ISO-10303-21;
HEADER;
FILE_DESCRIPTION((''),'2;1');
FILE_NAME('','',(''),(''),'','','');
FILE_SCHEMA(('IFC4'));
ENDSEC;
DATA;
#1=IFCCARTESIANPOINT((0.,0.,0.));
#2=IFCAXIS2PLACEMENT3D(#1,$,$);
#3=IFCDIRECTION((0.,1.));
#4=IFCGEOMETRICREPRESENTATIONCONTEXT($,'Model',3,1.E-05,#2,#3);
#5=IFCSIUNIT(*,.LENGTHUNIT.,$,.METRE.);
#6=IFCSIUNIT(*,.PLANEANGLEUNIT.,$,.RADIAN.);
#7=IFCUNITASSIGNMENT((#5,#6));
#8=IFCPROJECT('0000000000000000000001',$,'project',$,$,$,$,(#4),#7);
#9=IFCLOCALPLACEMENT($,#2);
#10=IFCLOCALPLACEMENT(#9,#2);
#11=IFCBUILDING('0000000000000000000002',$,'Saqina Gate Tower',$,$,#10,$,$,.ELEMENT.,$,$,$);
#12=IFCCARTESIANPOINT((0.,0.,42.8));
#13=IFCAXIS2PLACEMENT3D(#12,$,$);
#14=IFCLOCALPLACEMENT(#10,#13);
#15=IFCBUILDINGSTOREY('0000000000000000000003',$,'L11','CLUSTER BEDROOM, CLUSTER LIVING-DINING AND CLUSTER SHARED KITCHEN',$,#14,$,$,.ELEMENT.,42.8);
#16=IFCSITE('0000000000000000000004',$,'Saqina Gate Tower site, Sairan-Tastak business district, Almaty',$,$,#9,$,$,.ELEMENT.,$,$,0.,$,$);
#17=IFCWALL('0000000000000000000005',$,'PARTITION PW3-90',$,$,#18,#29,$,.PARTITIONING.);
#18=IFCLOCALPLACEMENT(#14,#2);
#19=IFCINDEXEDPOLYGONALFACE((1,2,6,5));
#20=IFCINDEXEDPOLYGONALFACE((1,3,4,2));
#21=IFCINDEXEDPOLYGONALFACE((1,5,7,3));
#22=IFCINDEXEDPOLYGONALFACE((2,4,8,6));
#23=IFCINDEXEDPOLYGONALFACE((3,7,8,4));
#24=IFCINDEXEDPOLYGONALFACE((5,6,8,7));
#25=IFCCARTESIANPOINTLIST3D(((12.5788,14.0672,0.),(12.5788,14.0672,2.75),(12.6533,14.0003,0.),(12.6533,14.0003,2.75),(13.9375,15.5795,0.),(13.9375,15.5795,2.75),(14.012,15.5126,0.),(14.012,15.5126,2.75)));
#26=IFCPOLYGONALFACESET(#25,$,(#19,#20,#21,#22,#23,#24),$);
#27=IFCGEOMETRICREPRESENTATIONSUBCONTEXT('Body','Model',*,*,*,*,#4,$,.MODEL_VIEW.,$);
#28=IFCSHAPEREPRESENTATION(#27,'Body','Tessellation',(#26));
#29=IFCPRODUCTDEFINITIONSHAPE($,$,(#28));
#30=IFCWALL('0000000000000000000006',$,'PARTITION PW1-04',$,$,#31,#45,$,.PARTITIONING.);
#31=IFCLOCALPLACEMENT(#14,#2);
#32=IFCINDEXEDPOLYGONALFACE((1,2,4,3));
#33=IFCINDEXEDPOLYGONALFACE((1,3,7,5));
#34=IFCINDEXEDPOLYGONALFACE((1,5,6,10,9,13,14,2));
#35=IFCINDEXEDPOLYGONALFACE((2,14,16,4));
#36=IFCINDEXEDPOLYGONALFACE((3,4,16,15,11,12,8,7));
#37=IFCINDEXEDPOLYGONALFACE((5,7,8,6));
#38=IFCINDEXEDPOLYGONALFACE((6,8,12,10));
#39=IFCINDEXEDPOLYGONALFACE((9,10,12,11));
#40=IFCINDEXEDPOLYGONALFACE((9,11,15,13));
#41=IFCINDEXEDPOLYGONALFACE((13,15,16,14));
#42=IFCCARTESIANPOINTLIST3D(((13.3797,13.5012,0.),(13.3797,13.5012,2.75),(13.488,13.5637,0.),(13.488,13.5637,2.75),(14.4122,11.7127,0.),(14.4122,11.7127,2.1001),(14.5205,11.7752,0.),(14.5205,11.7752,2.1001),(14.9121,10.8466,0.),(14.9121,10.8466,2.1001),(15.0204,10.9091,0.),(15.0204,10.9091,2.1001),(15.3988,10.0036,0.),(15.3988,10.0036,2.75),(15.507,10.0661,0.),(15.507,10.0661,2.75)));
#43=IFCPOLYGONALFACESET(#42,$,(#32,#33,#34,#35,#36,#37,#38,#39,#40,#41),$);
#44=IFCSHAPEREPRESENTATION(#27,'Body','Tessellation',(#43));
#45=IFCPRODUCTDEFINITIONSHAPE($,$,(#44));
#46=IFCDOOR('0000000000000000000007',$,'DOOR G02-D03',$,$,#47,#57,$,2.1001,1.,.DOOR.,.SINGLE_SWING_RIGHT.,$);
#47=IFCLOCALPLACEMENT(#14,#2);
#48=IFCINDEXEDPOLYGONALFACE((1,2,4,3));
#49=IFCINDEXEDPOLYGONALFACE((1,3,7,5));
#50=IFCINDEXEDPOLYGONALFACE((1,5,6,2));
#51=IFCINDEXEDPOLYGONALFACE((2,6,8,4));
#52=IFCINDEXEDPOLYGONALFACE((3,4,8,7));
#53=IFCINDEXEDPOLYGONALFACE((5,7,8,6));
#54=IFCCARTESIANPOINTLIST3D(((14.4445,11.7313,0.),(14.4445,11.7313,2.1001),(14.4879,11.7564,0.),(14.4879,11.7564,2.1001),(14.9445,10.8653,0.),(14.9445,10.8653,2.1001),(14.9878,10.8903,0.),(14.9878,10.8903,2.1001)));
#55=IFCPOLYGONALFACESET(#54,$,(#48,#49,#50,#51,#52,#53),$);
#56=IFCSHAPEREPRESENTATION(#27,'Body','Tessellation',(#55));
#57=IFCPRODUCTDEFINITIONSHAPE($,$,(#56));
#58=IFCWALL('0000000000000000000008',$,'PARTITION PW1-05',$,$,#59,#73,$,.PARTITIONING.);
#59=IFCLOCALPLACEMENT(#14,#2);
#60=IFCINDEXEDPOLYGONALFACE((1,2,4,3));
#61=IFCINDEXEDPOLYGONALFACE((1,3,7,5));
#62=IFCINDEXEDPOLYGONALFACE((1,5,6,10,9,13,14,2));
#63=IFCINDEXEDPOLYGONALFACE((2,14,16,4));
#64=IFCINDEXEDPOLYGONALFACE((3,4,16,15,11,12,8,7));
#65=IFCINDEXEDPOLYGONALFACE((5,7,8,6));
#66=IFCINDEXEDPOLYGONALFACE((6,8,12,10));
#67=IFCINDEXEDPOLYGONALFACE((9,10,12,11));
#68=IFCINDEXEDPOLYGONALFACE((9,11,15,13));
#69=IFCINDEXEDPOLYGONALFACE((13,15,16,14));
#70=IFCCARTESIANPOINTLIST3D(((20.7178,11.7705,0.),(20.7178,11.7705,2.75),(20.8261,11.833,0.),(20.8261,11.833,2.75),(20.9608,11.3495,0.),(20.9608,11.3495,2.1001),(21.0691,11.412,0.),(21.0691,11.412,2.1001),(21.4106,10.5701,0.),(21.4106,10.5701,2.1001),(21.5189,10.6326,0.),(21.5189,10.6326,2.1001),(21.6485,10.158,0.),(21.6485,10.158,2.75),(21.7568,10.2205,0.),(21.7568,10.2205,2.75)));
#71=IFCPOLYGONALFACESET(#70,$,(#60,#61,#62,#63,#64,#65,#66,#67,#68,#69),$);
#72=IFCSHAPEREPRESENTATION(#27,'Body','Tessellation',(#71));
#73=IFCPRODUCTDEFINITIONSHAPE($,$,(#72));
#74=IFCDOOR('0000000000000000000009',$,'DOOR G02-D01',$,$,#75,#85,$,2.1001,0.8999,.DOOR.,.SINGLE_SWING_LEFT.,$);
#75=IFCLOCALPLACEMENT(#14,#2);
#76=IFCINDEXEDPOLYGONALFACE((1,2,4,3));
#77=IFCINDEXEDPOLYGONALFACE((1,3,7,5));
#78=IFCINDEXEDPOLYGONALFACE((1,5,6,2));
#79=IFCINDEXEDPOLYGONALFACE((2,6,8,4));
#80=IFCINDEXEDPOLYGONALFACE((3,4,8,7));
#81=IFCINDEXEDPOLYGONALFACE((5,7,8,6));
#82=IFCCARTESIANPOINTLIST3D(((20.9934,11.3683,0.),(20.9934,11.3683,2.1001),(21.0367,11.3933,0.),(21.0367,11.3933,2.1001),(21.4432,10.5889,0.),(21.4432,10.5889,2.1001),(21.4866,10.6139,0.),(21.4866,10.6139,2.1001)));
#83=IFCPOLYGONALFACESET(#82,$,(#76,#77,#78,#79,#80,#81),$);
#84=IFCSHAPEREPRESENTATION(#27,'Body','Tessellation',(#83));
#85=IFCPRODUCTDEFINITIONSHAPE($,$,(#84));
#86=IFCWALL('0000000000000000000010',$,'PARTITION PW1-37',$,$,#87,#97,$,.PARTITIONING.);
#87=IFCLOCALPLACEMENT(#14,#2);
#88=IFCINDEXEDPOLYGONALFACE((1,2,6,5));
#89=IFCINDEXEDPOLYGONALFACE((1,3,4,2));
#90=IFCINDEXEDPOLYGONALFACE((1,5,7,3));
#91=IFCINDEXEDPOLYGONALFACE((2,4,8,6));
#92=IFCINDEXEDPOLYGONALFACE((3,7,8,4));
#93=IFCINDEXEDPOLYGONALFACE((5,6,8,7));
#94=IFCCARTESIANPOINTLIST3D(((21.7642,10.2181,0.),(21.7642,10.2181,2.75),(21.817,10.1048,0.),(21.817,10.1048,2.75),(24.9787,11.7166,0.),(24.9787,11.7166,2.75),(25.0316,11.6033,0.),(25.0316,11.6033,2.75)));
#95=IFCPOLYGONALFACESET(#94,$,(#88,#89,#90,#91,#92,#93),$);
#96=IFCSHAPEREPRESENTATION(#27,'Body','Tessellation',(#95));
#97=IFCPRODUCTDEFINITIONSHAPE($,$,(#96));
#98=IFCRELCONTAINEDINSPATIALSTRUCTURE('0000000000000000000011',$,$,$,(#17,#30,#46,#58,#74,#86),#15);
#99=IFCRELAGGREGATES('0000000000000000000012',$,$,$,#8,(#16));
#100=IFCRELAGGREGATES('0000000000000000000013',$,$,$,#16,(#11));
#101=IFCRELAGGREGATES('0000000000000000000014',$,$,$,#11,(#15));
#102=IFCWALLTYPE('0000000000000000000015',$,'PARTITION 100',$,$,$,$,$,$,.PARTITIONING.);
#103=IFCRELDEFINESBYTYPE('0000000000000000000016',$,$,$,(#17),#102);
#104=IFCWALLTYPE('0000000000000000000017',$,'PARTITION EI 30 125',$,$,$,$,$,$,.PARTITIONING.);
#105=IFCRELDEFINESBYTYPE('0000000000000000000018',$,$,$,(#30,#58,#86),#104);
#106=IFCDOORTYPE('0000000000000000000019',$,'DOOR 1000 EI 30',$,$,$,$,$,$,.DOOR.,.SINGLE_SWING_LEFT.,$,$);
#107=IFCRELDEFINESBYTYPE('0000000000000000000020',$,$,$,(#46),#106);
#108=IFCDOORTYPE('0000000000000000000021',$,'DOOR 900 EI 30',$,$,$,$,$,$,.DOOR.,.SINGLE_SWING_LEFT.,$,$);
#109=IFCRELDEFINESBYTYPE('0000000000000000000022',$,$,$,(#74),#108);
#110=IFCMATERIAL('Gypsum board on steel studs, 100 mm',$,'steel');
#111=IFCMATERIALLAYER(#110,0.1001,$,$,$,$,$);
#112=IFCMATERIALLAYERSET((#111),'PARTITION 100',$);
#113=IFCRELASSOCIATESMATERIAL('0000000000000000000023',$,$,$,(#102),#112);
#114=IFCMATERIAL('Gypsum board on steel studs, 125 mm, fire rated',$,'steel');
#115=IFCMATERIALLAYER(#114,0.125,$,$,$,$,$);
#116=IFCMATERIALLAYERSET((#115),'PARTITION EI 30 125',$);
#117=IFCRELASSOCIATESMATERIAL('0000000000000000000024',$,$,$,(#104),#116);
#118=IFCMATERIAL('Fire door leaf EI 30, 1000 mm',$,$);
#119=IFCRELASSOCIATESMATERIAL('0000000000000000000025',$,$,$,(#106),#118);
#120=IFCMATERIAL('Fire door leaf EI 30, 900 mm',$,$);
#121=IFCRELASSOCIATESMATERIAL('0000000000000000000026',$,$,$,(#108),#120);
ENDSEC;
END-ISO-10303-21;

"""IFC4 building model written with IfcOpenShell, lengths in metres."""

from ifc_helpers import new_model, si_unit, direction, frame, frame_2d, origin, place, context, subcontext, project, spatial, rectangle, extrude, material, layer, layer_set, type_object, element, fill, save


model = new_model("IFC4")

# Units and contexts
model_context = context("Model", 3, precision=1e-05, world=origin(), true_north=direction((0.0, 1.0)))
body_context = subcontext(model_context, "Body", "Model", "MODEL_VIEW")
ifc_project = project(units=[si_unit("LENGTHUNIT", "METRE"), si_unit("PLANEANGLEUNIT", "RADIAN")], contexts=[model_context])

# Site, building, storey
site_placement = place(None, origin())
site = spatial("IfcSite", under=ifc_project, at=site_placement, Name="Saqina Gate Tower site, Sairan-Tastak business district, Almaty", CompositionType="ELEMENT", RefElevation=0.0)
building_placement = place(site_placement, origin())
building = spatial("IfcBuilding", under=site, at=building_placement, Name="Saqina Gate Tower", CompositionType="ELEMENT")
storey_placement = place(building_placement, frame((0.0, 0.0, 42.8)))
storey = spatial("IfcBuildingStorey", under=building, at=storey_placement, Name="L11", Description="CLUSTER BEDROOM, CLUSTER LIVING-DINING AND CLUSTER SHARED KITCHEN", CompositionType="ELEMENT", Elevation=42.8)

# Shared definitions
ifc_material_1 = material(Name="Gypsum board on steel studs, 100 mm", Category="steel")
ifc_layer_1 = layer(ifc_material_1, 0.1001)
ifc_layer_set_1 = layer_set([ifc_layer_1], Name="PARTITION 100")
wall_type_1 = type_object("IfcWallType", Name="PARTITION 100", PredefinedType="PARTITIONING", material=ifc_layer_set_1)

# Wall
wall_1_placement = place(storey_placement, frame((12.616, 14.0337, 0.0), z_axis=(0.0, 0.0, 1.0), x_axis=(0.668328, 0.743867, 0.0)))
element("IfcWall", 1, at=wall_1_placement, inside=storey, type_object=wall_type_1, Name="PARTITION PW3-90", PredefinedType="PARTITIONING", context=body_context, shape_type="SweptSolid", body=[
    extrude(rectangle(XDim=2.033, YDim=0.1001, at=frame_2d((1.0166, 0.0))), origin(), (0.0, 0.0, 1.0), 2.75),
])

# Walls, openings, doors
ifc_material_2 = material(Name="Gypsum board on steel studs, 125 mm, fire rated", Category="steel")
ifc_layer_2 = layer(ifc_material_2, 0.125)
ifc_layer_set_2 = layer_set([ifc_layer_2], Name="PARTITION EI 30 125")
wall_type_2 = type_object("IfcWallType", Name="PARTITION EI 30 125", PredefinedType="PARTITIONING", material=ifc_layer_set_2)
wall_2_placement = place(storey_placement, frame((13.4338, 13.5325, 0.0), z_axis=(0.0, 0.0, 1.0), x_axis=(0.499949, -0.866055, 0.0)))
wall_2 = element("IfcWall", 2, at=wall_2_placement, inside=storey, type_object=wall_type_2, Name="PARTITION PW1-04", PredefinedType="PARTITIONING", context=body_context, shape_type="SweptSolid", body=[
    extrude(rectangle(XDim=4.0386, YDim=0.125, at=frame_2d((2.0193, 0.0))), origin(), (0.0, 0.0, 1.0), 2.75),
])
opening_1_placement = place(wall_2_placement, frame((2.0652, 0.0, 0.0)))
opening_1 = element("IfcOpeningElement", 3, at=opening_1_placement, cuts=wall_2, PredefinedType="OPENING", context=body_context, shape_type="SweptSolid", body=[
    extrude(rectangle(XDim=1.0, YDim=2.1001, at=frame_2d((0.5, 1.05))), frame((0.0, 0.0745, 0.0), z_axis=(0.0, -1.0, 0.0), x_axis=(1.0, 0.0, 0.0)), (0.0, 0.0, 1.0), 0.1489),
])
ifc_material_3 = material(Name="Fire door leaf EI 30, 1000 mm")
door_type_1 = type_object("IfcDoorType", Name="DOOR 1000 EI 30", OperationType="SINGLE_SWING_LEFT", PredefinedType="DOOR", material=ifc_material_3)
door_1_placement = place(opening_1_placement, origin())
door_1 = element("IfcDoor", 4, at=door_1_placement, inside=storey, type_object=door_type_1, Name="DOOR G02-D03", OperationType="SINGLE_SWING_RIGHT", OverallHeight=2.1001, OverallWidth=1.0, PredefinedType="DOOR", context=body_context, shape_type="SweptSolid", body=[
    extrude(rectangle(XDim=1.0, YDim=2.1001, at=frame_2d((0.5, 1.05))), frame((0.0, 0.0249, 0.0), z_axis=(0.0, -1.0, 0.0), x_axis=(1.0, 0.0, 0.0)), (0.0, 0.0, 1.0), 0.05),
])
fill(opening_1, door_1)
wall_3_placement = place(storey_placement, frame((20.772, 11.8018, 0.0), z_axis=(0.0, 0.0, 1.0), x_axis=(0.499862, -0.866105, 0.0)))
wall_3 = element("IfcWall", 5, at=wall_3_placement, inside=storey, type_object=wall_type_2, Name="PARTITION PW1-05", PredefinedType="PARTITIONING", context=body_context, shape_type="SweptSolid", body=[
    extrude(rectangle(XDim=1.8618, YDim=0.125, at=frame_2d((0.9309, 0.0))), origin(), (0.0, 0.0, 1.0), 2.75),
])
opening_2_placement = place(wall_3_placement, frame((0.4861, 0.0, 0.0)))
opening_2 = element("IfcOpeningElement", 6, at=opening_2_placement, cuts=wall_3, PredefinedType="OPENING", context=body_context, shape_type="SweptSolid", body=[
    extrude(rectangle(XDim=0.8999, YDim=2.1001, at=frame_2d((0.45, 1.05))), frame((0.0, 0.0745, 0.0), z_axis=(0.0, -1.0, 0.0), x_axis=(1.0, 0.0, 0.0)), (0.0, 0.0, 1.0), 0.1489),
])
ifc_material_4 = material(Name="Fire door leaf EI 30, 900 mm")
door_type_2 = type_object("IfcDoorType", Name="DOOR 900 EI 30", OperationType="SINGLE_SWING_LEFT", PredefinedType="DOOR", material=ifc_material_4)
door_2_placement = place(opening_2_placement, frame((0.8999, 0.0, 0.0), z_axis=(0.0, 0.0, 1.0), x_axis=(-1.0, 0.0, 0.0)))
door_2 = element("IfcDoor", 7, at=door_2_placement, inside=storey, type_object=door_type_2, Name="DOOR G02-D01", OperationType="SINGLE_SWING_LEFT", OverallHeight=2.1001, OverallWidth=0.8999, PredefinedType="DOOR", context=body_context, shape_type="SweptSolid", body=[
    extrude(rectangle(XDim=0.8999, YDim=2.1001, at=frame_2d((0.45, 1.05))), frame((0.0, 0.0249, 0.0), z_axis=(0.0, -1.0, 0.0), x_axis=(1.0, 0.0, 0.0)), (0.0, 0.0, 1.0), 0.05),
])
fill(opening_2, door_2)

# Wall
wall_4_placement = place(storey_placement, frame((21.7905, 10.1614, 0.0), z_axis=(0.0, 0.0, 1.0), x_axis=(0.906357, 0.422512, 0.0)))
element("IfcWall", 8, at=wall_4_placement, inside=storey, type_object=wall_type_2, Name="PARTITION PW1-37", PredefinedType="PARTITIONING", context=body_context, shape_type="SweptSolid", body=[
    extrude(rectangle(XDim=3.5466, YDim=0.125, at=frame_2d((1.7734, 0.0))), origin(), (0.0, 0.0, 1.0), 2.75),
])

save(model, "model.ifc")
